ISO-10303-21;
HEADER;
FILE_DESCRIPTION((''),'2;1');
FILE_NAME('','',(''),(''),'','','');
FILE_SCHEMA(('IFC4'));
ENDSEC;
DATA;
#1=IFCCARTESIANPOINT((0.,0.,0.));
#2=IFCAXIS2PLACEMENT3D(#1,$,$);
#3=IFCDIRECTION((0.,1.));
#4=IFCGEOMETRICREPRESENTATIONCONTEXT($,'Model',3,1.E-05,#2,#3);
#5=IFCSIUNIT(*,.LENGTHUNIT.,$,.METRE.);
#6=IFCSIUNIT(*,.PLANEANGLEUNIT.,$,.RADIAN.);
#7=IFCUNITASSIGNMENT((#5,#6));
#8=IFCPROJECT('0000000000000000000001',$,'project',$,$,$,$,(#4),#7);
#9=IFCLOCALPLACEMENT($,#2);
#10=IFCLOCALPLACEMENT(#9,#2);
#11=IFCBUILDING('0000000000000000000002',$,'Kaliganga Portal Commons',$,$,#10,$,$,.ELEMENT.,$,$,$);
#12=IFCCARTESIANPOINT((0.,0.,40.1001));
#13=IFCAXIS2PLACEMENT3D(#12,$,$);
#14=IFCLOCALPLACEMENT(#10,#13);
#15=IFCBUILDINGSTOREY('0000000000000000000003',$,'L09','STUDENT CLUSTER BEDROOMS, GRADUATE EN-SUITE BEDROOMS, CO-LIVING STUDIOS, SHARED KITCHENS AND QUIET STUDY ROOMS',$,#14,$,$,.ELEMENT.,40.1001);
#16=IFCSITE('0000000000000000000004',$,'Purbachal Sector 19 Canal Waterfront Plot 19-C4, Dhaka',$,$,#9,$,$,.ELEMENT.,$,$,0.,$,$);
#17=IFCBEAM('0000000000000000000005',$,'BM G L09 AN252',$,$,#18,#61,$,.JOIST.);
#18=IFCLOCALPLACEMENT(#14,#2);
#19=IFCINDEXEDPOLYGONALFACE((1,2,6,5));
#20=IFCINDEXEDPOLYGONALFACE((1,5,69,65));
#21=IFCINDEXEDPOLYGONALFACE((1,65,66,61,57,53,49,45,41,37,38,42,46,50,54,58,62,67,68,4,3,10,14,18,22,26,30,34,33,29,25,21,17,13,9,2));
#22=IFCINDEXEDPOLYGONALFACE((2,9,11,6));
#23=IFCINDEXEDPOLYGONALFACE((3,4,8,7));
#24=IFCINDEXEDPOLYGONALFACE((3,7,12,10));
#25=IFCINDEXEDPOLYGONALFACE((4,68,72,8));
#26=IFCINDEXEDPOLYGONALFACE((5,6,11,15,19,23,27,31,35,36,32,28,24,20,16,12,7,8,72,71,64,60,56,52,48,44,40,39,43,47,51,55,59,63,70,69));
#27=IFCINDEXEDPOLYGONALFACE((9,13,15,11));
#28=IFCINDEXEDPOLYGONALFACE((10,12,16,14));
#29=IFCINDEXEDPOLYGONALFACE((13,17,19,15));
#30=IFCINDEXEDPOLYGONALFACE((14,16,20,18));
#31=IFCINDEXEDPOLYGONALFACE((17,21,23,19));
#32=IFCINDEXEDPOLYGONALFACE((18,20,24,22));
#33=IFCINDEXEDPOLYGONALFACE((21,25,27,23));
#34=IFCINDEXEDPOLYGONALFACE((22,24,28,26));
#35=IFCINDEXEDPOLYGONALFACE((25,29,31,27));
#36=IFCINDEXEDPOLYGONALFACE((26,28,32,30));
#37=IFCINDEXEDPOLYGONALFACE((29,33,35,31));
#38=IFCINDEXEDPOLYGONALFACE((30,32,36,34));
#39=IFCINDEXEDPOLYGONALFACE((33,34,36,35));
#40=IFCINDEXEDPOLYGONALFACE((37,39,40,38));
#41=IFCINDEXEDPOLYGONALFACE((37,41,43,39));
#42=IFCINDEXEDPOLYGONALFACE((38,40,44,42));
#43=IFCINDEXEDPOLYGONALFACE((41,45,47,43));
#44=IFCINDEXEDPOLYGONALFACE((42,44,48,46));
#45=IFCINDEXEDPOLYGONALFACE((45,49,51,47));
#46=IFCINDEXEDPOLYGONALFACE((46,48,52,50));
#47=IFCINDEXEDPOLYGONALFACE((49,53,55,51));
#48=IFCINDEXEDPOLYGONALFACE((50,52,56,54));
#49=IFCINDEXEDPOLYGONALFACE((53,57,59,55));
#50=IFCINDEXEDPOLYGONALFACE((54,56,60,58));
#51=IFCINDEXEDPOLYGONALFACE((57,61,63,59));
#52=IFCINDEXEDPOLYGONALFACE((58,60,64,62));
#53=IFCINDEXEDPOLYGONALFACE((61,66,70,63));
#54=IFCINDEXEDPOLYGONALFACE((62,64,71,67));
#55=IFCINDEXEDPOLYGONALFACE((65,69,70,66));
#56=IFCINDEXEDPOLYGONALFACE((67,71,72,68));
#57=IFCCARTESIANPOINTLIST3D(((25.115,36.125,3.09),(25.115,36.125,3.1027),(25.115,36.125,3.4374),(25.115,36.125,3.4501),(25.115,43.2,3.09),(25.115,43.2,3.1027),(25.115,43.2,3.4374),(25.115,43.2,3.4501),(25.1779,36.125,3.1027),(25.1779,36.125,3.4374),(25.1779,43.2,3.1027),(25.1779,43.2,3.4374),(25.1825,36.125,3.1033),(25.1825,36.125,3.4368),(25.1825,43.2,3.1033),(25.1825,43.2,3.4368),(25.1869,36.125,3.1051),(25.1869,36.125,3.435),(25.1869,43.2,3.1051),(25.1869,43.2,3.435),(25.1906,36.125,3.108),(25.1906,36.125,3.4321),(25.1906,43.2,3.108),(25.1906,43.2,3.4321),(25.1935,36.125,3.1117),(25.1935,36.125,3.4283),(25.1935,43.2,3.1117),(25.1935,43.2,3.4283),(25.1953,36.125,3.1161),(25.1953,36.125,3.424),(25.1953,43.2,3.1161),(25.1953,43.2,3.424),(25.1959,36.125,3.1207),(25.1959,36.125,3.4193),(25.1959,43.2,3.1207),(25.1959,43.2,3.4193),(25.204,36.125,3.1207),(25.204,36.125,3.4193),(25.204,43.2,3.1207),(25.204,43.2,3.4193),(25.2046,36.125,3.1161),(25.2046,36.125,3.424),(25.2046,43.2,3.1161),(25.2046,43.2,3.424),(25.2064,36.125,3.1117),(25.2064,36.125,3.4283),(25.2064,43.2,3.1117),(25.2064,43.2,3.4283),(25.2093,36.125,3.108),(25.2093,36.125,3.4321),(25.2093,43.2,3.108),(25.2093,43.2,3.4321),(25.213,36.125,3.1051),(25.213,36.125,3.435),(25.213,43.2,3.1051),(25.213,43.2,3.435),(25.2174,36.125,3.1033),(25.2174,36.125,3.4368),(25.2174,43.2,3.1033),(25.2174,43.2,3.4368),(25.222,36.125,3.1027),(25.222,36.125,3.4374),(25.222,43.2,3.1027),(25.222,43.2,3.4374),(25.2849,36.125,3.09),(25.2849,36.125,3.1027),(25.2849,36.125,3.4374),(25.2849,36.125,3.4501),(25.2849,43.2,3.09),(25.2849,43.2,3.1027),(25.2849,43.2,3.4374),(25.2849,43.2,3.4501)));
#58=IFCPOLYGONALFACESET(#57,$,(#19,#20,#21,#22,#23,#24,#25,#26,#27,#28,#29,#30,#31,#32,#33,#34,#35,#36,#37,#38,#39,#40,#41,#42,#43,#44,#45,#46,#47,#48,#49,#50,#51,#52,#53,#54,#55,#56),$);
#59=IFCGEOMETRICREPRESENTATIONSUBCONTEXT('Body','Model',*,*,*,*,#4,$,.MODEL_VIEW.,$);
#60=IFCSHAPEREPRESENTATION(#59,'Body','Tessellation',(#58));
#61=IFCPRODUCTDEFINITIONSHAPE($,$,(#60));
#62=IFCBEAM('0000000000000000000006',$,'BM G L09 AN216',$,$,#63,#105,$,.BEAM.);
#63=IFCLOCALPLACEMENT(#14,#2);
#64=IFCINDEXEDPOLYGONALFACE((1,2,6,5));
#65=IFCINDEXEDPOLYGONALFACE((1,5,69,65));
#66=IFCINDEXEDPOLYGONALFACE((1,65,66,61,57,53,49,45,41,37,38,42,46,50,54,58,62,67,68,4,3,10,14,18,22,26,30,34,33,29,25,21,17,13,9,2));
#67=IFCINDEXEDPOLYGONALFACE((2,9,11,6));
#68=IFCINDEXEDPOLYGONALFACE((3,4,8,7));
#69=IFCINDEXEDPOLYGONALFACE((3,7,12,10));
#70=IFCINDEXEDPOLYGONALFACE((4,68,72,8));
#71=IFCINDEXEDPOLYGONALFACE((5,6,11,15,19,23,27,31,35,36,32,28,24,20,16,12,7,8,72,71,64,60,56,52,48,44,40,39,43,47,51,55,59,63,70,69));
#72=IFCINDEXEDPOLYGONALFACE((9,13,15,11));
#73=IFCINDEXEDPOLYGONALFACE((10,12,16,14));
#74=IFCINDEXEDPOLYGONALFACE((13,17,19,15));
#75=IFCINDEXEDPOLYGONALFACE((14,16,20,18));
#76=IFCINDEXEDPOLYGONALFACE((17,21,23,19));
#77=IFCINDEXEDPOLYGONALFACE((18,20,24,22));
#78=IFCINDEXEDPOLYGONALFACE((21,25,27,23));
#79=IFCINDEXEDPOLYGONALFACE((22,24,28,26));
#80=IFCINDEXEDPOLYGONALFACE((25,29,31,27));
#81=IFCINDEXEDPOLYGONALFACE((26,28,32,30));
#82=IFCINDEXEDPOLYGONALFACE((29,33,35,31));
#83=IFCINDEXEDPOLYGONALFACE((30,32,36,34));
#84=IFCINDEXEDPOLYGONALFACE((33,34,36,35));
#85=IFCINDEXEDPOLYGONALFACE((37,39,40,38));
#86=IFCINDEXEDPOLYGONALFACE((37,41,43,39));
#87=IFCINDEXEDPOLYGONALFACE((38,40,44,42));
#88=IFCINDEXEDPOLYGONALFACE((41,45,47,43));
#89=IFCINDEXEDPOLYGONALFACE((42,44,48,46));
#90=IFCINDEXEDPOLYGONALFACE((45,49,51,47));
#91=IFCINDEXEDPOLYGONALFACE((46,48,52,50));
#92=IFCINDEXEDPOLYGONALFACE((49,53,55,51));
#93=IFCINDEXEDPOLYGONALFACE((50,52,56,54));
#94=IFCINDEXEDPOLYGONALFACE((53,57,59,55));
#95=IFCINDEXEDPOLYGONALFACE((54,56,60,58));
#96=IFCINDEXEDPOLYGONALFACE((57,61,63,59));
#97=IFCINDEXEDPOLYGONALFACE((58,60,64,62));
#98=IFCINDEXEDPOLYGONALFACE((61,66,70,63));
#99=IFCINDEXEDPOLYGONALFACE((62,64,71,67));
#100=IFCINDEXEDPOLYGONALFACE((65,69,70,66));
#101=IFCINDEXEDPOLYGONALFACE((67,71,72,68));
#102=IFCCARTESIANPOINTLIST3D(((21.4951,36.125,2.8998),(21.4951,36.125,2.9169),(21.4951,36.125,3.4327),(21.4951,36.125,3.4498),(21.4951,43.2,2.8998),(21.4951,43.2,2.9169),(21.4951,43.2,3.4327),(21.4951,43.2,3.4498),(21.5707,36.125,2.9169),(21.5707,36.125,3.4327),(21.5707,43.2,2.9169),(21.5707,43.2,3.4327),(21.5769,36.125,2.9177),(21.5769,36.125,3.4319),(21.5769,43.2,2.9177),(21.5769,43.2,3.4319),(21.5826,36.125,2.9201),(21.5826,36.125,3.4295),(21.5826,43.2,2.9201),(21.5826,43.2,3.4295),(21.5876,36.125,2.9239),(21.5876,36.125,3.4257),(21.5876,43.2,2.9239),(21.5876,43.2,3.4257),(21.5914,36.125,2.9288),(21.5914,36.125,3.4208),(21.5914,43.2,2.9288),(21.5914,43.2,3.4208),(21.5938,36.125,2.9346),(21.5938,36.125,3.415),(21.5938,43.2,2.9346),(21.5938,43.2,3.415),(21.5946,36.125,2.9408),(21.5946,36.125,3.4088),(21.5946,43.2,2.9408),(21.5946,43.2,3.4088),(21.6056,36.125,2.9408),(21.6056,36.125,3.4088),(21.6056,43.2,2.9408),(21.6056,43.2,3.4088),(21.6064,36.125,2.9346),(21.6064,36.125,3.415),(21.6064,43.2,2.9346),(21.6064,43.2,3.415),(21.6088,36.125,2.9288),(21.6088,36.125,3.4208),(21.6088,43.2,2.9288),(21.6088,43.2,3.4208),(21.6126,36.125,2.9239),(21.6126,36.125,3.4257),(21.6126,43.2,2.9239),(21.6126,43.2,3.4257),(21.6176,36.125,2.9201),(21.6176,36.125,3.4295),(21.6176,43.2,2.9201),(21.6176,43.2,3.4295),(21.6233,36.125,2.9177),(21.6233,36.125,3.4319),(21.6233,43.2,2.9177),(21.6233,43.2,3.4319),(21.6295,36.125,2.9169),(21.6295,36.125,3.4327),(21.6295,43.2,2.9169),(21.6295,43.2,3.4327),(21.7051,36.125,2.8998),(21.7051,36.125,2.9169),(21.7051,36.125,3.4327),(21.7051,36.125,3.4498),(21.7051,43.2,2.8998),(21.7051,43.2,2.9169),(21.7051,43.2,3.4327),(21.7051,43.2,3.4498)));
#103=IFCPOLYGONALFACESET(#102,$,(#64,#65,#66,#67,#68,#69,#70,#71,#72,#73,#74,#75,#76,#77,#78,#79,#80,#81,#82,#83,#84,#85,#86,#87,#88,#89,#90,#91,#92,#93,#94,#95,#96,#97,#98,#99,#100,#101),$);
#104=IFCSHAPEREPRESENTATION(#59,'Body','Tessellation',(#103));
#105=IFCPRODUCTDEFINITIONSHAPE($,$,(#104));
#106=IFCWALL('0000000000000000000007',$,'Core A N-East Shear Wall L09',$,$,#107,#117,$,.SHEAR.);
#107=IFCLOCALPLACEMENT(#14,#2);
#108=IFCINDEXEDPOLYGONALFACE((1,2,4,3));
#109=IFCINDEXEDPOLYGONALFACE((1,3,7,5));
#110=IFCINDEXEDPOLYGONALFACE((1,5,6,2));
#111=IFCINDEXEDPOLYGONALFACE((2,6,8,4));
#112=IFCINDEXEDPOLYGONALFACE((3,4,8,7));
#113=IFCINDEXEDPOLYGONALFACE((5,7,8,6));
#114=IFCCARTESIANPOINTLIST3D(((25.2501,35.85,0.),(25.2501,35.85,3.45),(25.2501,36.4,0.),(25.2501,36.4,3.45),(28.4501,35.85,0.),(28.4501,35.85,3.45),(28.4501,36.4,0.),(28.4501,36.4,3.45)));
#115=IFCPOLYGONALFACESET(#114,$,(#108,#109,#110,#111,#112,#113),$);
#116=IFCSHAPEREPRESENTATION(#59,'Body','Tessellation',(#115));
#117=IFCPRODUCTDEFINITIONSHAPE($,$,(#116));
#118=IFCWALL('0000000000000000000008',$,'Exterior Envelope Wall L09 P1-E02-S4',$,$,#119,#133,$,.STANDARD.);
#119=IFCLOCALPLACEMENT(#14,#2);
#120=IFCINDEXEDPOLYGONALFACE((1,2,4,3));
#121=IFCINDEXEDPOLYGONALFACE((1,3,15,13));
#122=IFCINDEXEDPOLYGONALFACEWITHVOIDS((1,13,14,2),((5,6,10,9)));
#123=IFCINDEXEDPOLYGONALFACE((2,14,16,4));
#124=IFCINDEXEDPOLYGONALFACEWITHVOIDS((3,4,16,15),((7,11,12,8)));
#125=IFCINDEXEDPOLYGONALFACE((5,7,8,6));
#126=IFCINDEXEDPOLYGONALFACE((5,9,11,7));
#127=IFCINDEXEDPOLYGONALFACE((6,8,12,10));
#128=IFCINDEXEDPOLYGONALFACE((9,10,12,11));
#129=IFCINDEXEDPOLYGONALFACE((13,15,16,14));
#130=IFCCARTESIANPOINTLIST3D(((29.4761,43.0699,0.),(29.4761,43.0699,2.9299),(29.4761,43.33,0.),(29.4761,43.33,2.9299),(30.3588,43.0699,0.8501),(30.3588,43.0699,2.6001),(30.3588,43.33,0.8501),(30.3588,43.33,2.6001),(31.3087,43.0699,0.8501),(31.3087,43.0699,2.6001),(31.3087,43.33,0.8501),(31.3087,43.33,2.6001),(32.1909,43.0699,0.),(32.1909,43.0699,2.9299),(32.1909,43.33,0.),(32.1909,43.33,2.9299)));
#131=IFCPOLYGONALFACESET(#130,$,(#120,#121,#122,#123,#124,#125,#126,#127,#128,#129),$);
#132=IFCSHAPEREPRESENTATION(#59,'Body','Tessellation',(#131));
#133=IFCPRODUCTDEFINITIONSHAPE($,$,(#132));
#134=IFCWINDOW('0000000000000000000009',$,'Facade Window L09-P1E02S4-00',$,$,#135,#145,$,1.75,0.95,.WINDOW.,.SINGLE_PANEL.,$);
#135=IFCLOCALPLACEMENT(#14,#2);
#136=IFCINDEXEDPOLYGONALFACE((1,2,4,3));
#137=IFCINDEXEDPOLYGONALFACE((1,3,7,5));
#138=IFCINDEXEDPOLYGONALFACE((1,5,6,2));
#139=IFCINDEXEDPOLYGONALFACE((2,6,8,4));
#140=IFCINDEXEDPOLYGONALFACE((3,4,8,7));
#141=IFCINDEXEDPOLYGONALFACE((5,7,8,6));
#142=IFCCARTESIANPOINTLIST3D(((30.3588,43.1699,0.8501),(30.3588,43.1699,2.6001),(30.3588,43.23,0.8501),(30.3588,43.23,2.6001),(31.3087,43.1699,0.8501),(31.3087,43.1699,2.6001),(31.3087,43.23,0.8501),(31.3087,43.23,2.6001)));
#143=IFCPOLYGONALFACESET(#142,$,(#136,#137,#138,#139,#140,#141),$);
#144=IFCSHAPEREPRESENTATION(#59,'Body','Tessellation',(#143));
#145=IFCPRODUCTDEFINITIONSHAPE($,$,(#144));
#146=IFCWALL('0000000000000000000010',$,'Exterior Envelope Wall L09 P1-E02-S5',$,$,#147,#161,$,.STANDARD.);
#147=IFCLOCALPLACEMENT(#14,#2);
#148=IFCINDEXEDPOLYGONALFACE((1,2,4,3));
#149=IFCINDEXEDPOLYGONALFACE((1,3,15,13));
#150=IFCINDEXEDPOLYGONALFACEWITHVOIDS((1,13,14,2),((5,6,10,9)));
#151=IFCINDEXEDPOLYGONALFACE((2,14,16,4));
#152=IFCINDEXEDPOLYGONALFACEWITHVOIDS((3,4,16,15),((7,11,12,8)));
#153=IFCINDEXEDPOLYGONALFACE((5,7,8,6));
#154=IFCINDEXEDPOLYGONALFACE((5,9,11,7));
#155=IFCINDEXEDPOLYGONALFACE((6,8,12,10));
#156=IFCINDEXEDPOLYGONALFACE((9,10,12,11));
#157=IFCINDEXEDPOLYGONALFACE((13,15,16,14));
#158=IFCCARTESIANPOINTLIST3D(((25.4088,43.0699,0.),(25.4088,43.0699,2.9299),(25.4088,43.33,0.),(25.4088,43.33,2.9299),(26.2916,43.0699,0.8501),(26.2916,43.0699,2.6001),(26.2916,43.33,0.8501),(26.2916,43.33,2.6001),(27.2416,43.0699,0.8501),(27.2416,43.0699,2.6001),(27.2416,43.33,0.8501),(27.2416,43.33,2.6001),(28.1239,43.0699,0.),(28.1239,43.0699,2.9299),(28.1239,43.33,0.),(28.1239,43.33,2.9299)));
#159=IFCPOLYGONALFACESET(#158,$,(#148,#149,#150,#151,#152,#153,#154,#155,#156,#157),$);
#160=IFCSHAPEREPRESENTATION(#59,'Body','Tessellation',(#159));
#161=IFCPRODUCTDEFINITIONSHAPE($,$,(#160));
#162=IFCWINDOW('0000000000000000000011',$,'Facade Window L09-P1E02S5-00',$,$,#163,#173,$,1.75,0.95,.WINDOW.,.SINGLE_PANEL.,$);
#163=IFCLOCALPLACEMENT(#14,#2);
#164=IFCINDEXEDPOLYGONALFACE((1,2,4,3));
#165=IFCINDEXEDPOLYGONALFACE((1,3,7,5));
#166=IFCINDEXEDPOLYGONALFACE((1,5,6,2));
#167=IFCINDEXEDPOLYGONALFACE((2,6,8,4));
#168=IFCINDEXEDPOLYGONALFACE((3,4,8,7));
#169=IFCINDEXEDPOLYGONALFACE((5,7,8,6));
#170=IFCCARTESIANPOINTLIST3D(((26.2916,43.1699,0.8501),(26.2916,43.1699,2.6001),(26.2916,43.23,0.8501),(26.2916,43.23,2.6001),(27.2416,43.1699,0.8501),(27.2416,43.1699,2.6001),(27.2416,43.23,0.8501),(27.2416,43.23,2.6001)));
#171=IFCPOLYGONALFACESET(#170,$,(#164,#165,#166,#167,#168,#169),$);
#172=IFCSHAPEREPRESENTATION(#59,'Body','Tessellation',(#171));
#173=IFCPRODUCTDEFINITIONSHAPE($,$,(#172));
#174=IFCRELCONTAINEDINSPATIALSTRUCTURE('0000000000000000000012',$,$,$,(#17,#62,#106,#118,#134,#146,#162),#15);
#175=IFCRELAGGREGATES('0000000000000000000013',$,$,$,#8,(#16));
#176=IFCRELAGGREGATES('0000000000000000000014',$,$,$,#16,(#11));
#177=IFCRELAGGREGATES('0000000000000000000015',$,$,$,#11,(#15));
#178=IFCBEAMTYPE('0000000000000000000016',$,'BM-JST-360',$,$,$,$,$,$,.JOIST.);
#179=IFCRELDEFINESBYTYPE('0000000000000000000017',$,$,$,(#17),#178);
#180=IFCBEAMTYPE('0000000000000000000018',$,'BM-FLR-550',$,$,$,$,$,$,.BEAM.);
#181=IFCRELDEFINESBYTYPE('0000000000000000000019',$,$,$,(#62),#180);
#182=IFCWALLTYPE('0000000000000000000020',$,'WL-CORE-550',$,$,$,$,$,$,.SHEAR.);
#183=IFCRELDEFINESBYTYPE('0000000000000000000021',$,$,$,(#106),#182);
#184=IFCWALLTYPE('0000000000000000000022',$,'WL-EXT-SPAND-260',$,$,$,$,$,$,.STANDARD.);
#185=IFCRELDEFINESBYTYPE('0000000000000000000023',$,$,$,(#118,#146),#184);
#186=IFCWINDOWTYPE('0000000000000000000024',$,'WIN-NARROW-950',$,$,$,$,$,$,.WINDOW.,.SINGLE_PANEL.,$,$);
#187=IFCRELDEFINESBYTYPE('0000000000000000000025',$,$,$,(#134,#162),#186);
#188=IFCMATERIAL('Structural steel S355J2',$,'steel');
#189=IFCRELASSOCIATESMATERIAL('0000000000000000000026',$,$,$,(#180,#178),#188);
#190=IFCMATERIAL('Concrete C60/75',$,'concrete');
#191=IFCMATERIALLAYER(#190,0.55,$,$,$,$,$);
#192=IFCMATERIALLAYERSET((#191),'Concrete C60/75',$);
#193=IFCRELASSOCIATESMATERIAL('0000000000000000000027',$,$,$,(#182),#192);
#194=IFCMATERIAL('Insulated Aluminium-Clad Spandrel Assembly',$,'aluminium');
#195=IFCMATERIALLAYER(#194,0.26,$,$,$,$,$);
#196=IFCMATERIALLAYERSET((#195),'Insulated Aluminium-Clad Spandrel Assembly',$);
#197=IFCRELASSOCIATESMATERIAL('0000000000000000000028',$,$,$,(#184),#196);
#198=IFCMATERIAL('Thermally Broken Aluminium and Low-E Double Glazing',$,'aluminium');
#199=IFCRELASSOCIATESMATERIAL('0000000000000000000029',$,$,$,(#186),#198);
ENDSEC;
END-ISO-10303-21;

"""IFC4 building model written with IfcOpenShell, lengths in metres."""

from ifc_helpers import new_model, si_unit, direction, frame, frame_2d, origin, origin_2d, place, context, subcontext, project, spatial, rectangle, i_section, extrude, source, transform, mapped, material, layer, layer_set, material_profile, profile_set, type_object, element, fill, save


model = new_model("IFC4")

# Units and contexts
model_context = context("Model", 3, precision=1e-05, world=origin(), true_north=direction((0.0, 1.0)))
body_context = subcontext(model_context, "Body", "Model", "MODEL_VIEW")
ifc_project = project(units=[si_unit("LENGTHUNIT", "METRE"), si_unit("PLANEANGLEUNIT", "RADIAN")], contexts=[model_context])

# Site, building, storey
site_placement = place(None, origin())
site = spatial("IfcSite", under=ifc_project, at=site_placement, Name="Purbachal Sector 19 Canal Waterfront Plot 19-C4, Dhaka", CompositionType="ELEMENT", RefElevation=0.0)
building_placement = place(site_placement, origin())
building = spatial("IfcBuilding", under=site, at=building_placement, Name="Kaliganga Portal Commons", CompositionType="ELEMENT")
storey_placement = place(building_placement, frame((0.0, 0.0, 40.1001)))
storey = spatial("IfcBuildingStorey", under=building, at=storey_placement, Name="L09", Description="STUDENT CLUSTER BEDROOMS, GRADUATE EN-SUITE BEDROOMS, CO-LIVING STUDIOS, SHARED KITCHENS AND QUIET STUDY ROOMS", CompositionType="ELEMENT", Elevation=40.1001)

# Beams
ifc_material_1 = material(Name="Structural steel S355J2", Category="steel")
ifc_material_profile_1 = material_profile(ifc_material_1, i_section(OverallWidth=0.21, OverallDepth=0.55, WebThickness=0.011, FlangeThickness=0.0171, FilletRadius=0.0239, at=origin_2d()), Name="IPE 550")
ifc_profile_set_1 = profile_set([ifc_material_profile_1], Name="Structural steel S355J2 wide-flange")
beam_type_1 = type_object("IfcBeamType", Name="BM-FLR-550", PredefinedType="BEAM", material=ifc_profile_set_1)
ifc_material_profile_2 = material_profile(ifc_material_1, i_section(OverallWidth=0.1699, OverallDepth=0.3601, WebThickness=0.0081, FlangeThickness=0.0127, FilletRadius=0.0181, at=origin_2d()), Name="IPE 360")
ifc_profile_set_2 = profile_set([ifc_material_profile_2], Name="Structural steel S355J2 wide-flange")
beam_type_2 = type_object("IfcBeamType", Name="BM-JST-360", PredefinedType="JOIST", material=ifc_profile_set_2)
shared_shape_1 = source(origin(), body_context, "Body", "SweptSolid", [
    extrude(i_section(OverallWidth=0.1699, OverallDepth=0.3601, WebThickness=0.0081, FlangeThickness=0.0127, FilletRadius=0.0181, at=origin_2d()), origin(), (0.0, 0.0, 1.0), 7.075),
])
beam_1_placement = place(storey_placement, frame((25.2, 36.125, 3.27), z_axis=(0.0, 1.0, 0.0), x_axis=(-1.0, 0.0, 0.0)))
element("IfcBeam", 1, at=beam_1_placement, inside=storey, type_object=beam_type_2, Name="BM G L09 AN252", PredefinedType="JOIST", context=body_context, shape_type="MappedRepresentation", body=[
    mapped(shared_shape_1, transform((0.0, 0.0, 0.0), x_axis=(1.0, 0.0, 0.0), y_axis=(0.0, 1.0, 0.0), z_axis=(0.0, 0.0, 1.0), scale=1.0)),
])
shared_shape_2 = source(origin(), body_context, "Body", "SweptSolid", [
    extrude(i_section(OverallWidth=0.21, OverallDepth=0.55, WebThickness=0.011, FlangeThickness=0.0171, FilletRadius=0.0239, at=origin_2d()), origin(), (0.0, 0.0, 1.0), 7.075),
])
beam_2_placement = place(storey_placement, frame((21.6001, 36.125, 3.1748), z_axis=(0.0, 1.0, 0.0), x_axis=(-1.0, 0.0, 0.0)))
element("IfcBeam", 2, at=beam_2_placement, inside=storey, type_object=beam_type_1, Name="BM G L09 AN216", PredefinedType="BEAM", context=body_context, shape_type="MappedRepresentation", body=[
    mapped(shared_shape_2, transform((0.0, 0.0, 0.0), x_axis=(1.0, 0.0, 0.0), y_axis=(0.0, 1.0, 0.0), z_axis=(0.0, 0.0, 1.0), scale=1.0)),
])

# Wall
ifc_material_2 = material(Name="Concrete C60/75", Category="concrete")
ifc_layer_1 = layer(ifc_material_2, 0.55)
ifc_layer_set_1 = layer_set([ifc_layer_1], Name="Concrete C60/75")
wall_type_1 = type_object("IfcWallType", Name="WL-CORE-550", PredefinedType="SHEAR", material=ifc_layer_set_1)
wall_1_placement = place(storey_placement, frame((25.25, 36.125, 0.0), z_axis=(0.0, 0.0, 1.0), x_axis=(1.0, 0.0, 0.0)))
element("IfcWall", 3, at=wall_1_placement, inside=storey, type_object=wall_type_1, Name="Core A N-East Shear Wall L09", PredefinedType="SHEAR", context=body_context, shape_type="SweptSolid", body=[
    extrude(rectangle(XDim=3.2, YDim=0.55, at=frame_2d((1.6001, 0.0))), origin(), (0.0, 0.0, 1.0), 3.45),
])

# Walls, openings, windows
ifc_material_3 = material(Name="Insulated Aluminium-Clad Spandrel Assembly", Category="aluminium")
ifc_layer_2 = layer(ifc_material_3, 0.26)
ifc_layer_set_2 = layer_set([ifc_layer_2], Name="Insulated Aluminium-Clad Spandrel Assembly")
wall_type_2 = type_object("IfcWallType", Name="WL-EXT-SPAND-260", PredefinedType="STANDARD", material=ifc_layer_set_2)
wall_2_placement = place(storey_placement, frame((29.4761, 43.2, 0.0), z_axis=(0.0, 0.0, 1.0), x_axis=(1.0, 0.0, 0.0)))
wall_2 = element("IfcWall", 4, at=wall_2_placement, inside=storey, type_object=wall_type_2, Name="Exterior Envelope Wall L09 P1-E02-S4", PredefinedType="STANDARD", context=body_context, shape_type="SweptSolid", body=[
    extrude(rectangle(XDim=2.7148, YDim=0.26, at=frame_2d((1.3574, 0.0))), origin(), (0.0, 0.0, 1.0), 2.9299),
])
opening_1_placement = place(wall_2_placement, frame((0.8826, 0.0, 0.8501)))
opening_1 = element("IfcOpeningElement", 5, at=opening_1_placement, cuts=wall_2, PredefinedType="OPENING", context=body_context, shape_type="SweptSolid", body=[
    extrude(rectangle(XDim=0.95, YDim=1.75, at=frame_2d((0.4751, 0.875))), frame((0.0, 0.1401, 0.0), z_axis=(0.0, -1.0, 0.0), x_axis=(1.0, 0.0, 0.0)), (0.0, 0.0, 1.0), 0.28),
])
ifc_material_4 = material(Name="Thermally Broken Aluminium and Low-E Double Glazing", Category="aluminium")
window_type = type_object("IfcWindowType", Name="WIN-NARROW-950", PartitioningType="SINGLE_PANEL", PredefinedType="WINDOW", material=ifc_material_4)
window_1_placement = place(opening_1_placement, origin())
window_1 = element("IfcWindow", 6, at=window_1_placement, inside=storey, type_object=window_type, Name="Facade Window L09-P1E02S4-00", OverallHeight=1.75, OverallWidth=0.95, PartitioningType="SINGLE_PANEL", PredefinedType="WINDOW", context=body_context, shape_type="SweptSolid", body=[
    extrude(rectangle(XDim=0.95, YDim=1.75, at=frame_2d((0.4751, 0.875))), frame((0.0, 0.03, 0.0), z_axis=(0.0, -1.0, 0.0), x_axis=(1.0, 0.0, 0.0)), (0.0, 0.0, 1.0), 0.0601),
])
fill(opening_1, window_1)
wall_3_placement = place(storey_placement, frame((25.4089, 43.2, 0.0), z_axis=(0.0, 0.0, 1.0), x_axis=(1.0, 0.0, 0.0)))
wall_3 = element("IfcWall", 7, at=wall_3_placement, inside=storey, type_object=wall_type_2, Name="Exterior Envelope Wall L09 P1-E02-S5", PredefinedType="STANDARD", context=body_context, shape_type="SweptSolid", body=[
    extrude(rectangle(XDim=2.7151, YDim=0.26, at=frame_2d((1.3574, 0.0))), origin(), (0.0, 0.0, 1.0), 2.9299),
])
opening_2_placement = place(wall_3_placement, frame((0.8826, 0.0, 0.8501)))
opening_2 = element("IfcOpeningElement", 8, at=opening_2_placement, cuts=wall_3, PredefinedType="OPENING", context=body_context, shape_type="SweptSolid", body=[
    extrude(rectangle(XDim=0.95, YDim=1.75, at=frame_2d((0.4751, 0.875))), frame((0.0, 0.1401, 0.0), z_axis=(0.0, -1.0, 0.0), x_axis=(1.0, 0.0, 0.0)), (0.0, 0.0, 1.0), 0.28),
])
window_2_placement = place(opening_2_placement, origin())
window_2 = element("IfcWindow", 9, at=window_2_placement, inside=storey, type_object=window_type, Name="Facade Window L09-P1E02S5-00", OverallHeight=1.75, OverallWidth=0.95, PartitioningType="SINGLE_PANEL", PredefinedType="WINDOW", context=body_context, shape_type="SweptSolid", body=[
    extrude(rectangle(XDim=0.95, YDim=1.75, at=frame_2d((0.4751, 0.875))), frame((0.0, 0.03, 0.0), z_axis=(0.0, -1.0, 0.0), x_axis=(1.0, 0.0, 0.0)), (0.0, 0.0, 1.0), 0.0601),
])
fill(opening_2, window_2)

save(model, "model.ifc")
